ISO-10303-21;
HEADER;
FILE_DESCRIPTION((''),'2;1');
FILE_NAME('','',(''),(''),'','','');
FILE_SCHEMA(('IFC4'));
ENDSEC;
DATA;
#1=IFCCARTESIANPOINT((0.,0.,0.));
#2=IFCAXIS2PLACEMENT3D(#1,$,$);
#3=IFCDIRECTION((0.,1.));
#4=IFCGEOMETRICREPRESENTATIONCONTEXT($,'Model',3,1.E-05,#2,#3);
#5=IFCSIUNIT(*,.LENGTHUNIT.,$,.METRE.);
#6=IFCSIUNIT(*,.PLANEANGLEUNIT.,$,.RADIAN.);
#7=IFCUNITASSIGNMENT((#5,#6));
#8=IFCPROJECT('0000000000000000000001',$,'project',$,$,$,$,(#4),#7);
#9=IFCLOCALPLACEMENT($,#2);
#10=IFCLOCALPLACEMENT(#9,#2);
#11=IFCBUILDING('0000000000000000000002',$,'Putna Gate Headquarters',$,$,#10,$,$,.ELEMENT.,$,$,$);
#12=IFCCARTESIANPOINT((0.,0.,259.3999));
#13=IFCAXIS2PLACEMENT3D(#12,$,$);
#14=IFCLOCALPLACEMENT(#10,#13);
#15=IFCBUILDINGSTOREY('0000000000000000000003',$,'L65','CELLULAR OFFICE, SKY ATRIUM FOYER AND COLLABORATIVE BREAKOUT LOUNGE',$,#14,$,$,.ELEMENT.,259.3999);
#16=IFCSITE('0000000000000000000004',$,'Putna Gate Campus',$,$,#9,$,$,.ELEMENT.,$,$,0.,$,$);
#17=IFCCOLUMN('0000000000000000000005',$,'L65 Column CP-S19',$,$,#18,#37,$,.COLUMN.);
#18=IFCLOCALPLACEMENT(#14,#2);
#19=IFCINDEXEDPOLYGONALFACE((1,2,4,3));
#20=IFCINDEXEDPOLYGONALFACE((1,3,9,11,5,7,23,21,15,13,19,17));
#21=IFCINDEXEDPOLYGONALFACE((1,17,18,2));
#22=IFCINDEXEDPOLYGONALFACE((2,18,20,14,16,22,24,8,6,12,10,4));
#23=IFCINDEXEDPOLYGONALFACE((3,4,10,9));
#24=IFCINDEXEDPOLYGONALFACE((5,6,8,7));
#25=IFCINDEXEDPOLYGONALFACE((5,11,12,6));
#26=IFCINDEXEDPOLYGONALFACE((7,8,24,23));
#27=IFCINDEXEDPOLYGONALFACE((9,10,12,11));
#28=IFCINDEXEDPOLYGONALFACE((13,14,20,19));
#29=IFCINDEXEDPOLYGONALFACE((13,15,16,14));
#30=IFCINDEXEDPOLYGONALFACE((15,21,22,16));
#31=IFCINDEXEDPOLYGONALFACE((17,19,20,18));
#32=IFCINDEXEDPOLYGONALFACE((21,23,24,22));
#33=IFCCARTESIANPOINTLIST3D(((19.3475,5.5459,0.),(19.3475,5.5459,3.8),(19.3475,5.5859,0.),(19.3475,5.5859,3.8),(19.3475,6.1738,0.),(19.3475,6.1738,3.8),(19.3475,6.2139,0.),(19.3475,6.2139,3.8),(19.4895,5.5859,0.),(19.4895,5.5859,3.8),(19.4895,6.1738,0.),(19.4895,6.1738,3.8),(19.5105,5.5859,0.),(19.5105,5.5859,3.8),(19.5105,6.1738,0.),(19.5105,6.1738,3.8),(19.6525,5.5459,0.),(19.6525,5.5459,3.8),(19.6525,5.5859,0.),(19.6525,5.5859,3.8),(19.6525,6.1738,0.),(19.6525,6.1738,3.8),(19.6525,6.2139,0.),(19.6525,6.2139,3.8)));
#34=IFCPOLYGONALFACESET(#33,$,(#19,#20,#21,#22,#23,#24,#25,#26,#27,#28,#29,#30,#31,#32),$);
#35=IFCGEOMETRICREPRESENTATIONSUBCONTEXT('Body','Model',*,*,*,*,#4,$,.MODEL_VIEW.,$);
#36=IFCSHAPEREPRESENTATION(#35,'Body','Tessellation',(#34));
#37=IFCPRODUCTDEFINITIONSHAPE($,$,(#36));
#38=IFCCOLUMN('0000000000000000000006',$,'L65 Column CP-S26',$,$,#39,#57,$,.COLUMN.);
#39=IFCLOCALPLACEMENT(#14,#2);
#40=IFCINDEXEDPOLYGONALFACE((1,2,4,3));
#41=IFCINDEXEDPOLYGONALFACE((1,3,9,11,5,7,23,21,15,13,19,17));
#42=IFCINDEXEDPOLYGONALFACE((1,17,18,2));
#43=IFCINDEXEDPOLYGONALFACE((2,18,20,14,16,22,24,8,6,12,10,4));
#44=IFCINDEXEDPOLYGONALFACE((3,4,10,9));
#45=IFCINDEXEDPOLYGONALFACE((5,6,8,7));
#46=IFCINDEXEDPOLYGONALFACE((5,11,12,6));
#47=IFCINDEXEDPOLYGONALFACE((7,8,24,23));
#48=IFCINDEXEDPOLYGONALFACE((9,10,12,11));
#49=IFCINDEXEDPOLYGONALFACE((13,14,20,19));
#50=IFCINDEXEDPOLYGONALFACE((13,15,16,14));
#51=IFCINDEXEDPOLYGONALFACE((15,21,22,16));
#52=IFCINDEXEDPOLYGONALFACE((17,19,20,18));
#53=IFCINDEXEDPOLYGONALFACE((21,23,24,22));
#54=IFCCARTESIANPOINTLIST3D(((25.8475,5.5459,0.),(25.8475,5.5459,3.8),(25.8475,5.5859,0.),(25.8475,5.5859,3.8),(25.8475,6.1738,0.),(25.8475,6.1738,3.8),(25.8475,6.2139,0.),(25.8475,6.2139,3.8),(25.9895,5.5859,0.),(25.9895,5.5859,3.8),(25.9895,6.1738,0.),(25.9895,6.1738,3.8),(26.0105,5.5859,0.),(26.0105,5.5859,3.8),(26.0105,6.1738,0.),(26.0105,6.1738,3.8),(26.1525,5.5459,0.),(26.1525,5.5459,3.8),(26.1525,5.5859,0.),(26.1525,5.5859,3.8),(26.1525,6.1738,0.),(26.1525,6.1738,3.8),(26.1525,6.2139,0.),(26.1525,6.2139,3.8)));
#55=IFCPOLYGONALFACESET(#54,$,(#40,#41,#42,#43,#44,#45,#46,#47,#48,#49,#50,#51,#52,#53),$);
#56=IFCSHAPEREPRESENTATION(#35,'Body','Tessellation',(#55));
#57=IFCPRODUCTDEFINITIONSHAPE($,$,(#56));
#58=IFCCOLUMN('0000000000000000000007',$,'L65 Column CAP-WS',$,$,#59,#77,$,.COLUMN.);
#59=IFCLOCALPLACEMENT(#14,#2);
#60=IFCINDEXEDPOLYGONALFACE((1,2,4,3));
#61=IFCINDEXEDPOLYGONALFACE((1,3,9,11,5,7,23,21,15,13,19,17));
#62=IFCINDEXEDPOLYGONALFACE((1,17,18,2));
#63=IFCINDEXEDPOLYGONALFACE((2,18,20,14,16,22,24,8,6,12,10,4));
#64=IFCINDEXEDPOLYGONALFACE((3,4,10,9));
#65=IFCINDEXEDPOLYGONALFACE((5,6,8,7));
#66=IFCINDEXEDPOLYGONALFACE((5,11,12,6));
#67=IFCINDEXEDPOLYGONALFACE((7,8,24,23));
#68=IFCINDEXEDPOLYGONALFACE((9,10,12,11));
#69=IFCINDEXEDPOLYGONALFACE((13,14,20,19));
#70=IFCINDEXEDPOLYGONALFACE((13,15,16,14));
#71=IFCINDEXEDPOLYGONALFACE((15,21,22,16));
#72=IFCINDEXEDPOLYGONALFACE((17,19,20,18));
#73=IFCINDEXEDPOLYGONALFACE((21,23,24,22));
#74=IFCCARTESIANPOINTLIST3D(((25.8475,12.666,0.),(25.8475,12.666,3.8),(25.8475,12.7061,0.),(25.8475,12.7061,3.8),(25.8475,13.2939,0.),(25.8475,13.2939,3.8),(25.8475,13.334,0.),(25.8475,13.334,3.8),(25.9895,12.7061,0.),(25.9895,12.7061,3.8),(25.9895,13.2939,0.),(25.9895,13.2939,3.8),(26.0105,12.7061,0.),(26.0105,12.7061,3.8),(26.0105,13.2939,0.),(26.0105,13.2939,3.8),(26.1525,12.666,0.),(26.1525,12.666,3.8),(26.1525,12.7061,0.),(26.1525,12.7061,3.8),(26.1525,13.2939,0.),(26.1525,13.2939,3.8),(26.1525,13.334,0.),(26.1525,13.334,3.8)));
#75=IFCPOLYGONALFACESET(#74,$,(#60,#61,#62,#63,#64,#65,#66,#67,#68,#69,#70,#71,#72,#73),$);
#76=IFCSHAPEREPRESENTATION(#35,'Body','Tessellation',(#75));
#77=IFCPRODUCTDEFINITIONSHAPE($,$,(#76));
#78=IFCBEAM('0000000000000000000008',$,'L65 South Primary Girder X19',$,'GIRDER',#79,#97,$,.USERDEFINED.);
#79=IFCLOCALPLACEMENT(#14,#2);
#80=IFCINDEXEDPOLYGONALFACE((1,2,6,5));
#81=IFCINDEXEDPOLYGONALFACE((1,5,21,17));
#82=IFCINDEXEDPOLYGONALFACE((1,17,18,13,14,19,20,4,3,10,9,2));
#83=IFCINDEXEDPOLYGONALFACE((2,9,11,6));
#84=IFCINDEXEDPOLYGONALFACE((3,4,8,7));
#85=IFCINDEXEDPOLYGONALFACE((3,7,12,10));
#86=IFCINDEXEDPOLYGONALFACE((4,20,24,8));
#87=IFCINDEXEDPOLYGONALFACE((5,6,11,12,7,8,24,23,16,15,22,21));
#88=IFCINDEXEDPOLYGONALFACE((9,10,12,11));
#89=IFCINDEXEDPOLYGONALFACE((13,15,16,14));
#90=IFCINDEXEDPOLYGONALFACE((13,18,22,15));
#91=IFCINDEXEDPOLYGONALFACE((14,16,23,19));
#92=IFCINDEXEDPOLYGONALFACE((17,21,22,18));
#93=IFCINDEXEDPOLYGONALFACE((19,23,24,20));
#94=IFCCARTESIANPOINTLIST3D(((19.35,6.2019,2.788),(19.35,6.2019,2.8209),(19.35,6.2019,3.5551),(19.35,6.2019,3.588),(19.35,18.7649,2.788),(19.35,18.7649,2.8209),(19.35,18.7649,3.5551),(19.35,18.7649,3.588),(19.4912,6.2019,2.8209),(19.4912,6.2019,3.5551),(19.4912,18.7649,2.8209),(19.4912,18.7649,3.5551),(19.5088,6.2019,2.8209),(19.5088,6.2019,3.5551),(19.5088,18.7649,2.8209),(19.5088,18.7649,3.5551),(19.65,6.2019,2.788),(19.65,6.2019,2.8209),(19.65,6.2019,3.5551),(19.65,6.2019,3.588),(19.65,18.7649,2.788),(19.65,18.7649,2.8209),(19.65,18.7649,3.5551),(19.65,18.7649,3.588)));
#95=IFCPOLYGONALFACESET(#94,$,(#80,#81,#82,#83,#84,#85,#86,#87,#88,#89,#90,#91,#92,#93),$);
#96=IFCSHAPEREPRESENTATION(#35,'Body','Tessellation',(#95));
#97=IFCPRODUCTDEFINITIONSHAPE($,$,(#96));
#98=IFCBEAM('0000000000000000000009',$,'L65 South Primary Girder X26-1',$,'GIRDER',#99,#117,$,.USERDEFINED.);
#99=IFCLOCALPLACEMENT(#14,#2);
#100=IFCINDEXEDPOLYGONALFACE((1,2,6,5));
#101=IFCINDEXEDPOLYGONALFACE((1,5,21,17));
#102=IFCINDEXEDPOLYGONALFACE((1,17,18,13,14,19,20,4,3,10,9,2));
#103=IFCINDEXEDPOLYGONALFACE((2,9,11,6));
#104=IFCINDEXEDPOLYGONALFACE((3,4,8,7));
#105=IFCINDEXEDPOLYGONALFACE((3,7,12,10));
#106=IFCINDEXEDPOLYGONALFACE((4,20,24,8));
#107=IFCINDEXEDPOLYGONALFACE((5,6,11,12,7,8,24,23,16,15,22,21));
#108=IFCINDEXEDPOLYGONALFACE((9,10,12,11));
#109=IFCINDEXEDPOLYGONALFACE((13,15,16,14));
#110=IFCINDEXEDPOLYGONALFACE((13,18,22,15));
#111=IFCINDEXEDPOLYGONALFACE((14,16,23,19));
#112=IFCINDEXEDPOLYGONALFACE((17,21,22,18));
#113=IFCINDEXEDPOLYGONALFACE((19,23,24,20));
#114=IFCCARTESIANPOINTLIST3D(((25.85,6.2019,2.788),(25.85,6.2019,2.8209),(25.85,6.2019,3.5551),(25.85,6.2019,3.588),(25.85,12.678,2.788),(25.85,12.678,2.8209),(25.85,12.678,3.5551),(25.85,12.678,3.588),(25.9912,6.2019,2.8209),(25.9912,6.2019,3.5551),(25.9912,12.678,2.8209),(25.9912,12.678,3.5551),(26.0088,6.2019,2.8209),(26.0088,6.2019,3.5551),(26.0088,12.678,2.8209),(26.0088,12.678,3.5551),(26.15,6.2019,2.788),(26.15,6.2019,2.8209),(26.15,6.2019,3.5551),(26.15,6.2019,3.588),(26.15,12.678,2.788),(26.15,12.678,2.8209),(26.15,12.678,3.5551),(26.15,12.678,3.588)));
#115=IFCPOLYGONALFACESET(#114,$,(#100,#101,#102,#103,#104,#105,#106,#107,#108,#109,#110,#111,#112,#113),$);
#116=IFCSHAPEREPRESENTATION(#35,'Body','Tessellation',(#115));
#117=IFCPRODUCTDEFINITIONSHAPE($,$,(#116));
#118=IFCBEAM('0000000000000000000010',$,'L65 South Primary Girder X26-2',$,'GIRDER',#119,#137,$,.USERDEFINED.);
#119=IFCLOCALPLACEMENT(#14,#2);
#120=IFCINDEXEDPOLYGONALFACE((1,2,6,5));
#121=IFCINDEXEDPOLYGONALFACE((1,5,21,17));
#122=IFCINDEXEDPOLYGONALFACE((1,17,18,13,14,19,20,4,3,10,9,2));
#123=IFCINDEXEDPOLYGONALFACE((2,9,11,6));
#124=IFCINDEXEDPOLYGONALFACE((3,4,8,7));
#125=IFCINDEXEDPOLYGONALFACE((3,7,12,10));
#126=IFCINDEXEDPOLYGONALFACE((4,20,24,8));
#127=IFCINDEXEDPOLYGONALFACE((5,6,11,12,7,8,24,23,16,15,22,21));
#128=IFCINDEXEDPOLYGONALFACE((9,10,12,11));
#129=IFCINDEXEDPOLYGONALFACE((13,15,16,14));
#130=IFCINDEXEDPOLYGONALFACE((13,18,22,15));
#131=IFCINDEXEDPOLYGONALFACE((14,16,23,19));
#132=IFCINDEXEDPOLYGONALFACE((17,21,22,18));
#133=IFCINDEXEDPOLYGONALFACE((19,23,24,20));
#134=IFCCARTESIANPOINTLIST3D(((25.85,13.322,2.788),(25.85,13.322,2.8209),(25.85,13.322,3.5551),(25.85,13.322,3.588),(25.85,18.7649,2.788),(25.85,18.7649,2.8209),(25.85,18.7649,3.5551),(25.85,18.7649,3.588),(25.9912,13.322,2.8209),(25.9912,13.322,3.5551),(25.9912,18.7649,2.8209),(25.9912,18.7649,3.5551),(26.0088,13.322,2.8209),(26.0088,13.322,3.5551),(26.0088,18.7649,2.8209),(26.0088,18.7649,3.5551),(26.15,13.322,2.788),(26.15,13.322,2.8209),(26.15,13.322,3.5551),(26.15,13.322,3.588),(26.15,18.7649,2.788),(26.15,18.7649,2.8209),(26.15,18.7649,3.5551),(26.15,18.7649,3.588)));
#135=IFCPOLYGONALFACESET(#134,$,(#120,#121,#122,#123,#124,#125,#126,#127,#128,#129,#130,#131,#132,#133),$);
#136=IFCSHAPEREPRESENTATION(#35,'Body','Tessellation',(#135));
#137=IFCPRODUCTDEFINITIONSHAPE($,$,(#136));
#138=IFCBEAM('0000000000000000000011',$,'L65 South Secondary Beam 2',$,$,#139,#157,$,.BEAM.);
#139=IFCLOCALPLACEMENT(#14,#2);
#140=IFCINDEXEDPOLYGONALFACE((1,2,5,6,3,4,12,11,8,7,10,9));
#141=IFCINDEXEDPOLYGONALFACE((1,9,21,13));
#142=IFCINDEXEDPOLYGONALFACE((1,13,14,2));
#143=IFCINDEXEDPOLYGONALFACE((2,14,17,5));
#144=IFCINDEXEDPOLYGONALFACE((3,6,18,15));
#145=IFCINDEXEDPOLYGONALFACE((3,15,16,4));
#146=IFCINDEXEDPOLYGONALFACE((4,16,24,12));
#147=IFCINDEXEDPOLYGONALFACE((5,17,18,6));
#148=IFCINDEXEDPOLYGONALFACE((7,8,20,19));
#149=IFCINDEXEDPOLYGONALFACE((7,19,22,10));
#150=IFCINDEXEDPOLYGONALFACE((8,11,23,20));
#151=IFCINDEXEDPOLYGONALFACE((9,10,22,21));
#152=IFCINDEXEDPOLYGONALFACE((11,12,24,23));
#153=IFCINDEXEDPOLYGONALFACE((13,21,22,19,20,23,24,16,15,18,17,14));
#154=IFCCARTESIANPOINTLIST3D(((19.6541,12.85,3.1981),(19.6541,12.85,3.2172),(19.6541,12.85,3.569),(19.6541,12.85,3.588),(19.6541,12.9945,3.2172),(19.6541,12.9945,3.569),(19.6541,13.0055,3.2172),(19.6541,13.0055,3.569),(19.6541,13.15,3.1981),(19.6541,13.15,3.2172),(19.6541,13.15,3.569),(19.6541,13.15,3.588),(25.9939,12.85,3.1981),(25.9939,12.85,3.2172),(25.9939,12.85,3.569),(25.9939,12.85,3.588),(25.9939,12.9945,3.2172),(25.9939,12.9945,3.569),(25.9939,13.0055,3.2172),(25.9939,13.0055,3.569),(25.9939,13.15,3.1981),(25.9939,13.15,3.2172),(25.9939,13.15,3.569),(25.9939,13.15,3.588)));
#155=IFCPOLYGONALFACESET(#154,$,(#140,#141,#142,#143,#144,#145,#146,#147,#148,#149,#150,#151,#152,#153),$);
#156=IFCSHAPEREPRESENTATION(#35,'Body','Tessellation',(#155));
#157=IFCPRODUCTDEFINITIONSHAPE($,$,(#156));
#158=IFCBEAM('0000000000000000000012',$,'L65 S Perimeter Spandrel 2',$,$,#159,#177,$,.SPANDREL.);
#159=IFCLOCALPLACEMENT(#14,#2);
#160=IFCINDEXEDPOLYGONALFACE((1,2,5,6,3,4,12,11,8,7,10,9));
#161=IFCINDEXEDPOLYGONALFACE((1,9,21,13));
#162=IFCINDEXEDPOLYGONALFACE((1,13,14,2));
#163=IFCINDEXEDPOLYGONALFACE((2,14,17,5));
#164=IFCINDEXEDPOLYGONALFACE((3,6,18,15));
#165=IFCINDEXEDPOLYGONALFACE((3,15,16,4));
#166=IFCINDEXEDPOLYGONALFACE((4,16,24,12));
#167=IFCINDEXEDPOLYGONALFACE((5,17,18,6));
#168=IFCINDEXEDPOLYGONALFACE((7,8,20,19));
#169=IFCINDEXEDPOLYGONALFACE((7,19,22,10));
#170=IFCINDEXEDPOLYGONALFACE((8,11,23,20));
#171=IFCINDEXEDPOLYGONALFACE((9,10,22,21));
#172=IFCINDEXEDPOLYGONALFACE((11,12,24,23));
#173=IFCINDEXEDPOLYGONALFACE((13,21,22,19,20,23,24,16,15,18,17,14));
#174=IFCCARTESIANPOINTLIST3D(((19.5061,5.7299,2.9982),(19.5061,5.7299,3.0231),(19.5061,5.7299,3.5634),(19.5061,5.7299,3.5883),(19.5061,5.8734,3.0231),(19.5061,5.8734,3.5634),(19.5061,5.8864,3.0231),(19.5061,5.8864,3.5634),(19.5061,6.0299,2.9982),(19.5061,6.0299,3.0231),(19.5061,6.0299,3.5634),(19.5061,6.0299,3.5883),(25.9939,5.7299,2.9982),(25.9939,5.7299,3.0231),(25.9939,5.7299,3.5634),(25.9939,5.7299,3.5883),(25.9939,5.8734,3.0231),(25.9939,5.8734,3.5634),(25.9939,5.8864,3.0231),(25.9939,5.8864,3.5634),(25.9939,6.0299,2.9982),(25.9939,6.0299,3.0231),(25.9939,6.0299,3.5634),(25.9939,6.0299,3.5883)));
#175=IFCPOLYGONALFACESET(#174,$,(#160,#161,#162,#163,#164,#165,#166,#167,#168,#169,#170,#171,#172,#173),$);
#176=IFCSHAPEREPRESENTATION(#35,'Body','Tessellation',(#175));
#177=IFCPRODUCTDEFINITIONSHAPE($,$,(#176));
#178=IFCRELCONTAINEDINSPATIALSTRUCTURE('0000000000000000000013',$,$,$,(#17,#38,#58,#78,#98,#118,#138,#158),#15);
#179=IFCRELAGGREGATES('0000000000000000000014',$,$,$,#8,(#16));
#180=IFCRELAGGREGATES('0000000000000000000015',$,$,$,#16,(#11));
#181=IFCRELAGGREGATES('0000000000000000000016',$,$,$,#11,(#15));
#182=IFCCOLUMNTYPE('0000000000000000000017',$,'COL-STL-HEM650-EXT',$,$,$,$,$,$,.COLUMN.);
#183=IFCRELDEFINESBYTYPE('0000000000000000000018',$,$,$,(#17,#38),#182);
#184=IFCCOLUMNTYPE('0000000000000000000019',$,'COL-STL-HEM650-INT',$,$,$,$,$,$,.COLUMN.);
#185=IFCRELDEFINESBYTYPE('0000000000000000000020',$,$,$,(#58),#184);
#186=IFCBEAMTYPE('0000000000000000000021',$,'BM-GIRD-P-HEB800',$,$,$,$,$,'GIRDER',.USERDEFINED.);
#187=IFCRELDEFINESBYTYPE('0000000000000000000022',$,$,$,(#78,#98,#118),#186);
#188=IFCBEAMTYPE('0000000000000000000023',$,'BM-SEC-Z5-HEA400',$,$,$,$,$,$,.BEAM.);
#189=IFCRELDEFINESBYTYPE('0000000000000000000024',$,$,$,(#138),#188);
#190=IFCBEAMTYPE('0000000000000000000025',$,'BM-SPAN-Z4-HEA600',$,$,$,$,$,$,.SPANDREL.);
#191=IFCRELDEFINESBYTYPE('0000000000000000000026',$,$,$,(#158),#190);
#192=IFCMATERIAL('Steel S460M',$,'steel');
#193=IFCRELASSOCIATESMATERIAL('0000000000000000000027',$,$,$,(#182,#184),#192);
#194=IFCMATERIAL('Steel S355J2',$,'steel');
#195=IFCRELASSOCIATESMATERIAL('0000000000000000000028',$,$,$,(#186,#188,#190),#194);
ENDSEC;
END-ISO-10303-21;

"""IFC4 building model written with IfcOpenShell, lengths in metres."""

from ifc_helpers import new_model, si_unit, direction, frame, origin, origin_2d, place, context, subcontext, project, spatial, i_section, extrude, material, material_profile, profile_set, type_object, element, save


model = new_model("IFC4")

# Units and contexts
model_context = context("Model", 3, precision=1e-05, world=origin(), true_north=direction((0.0, 1.0)))
body_context = subcontext(model_context, "Body", "Model", "MODEL_VIEW")
ifc_project = project(units=[si_unit("LENGTHUNIT", "METRE"), si_unit("PLANEANGLEUNIT", "RADIAN")], contexts=[model_context])

# Site, building, storey
site_placement = place(None, origin())
site = spatial("IfcSite", under=ifc_project, at=site_placement, Name="Putna Gate Campus", CompositionType="ELEMENT", RefElevation=0.0)
building_placement = place(site_placement, origin())
building = spatial("IfcBuilding", under=site, at=building_placement, Name="Putna Gate Headquarters", CompositionType="ELEMENT")
storey_placement = place(building_placement, frame((0.0, 0.0, 259.3999)))
storey = spatial("IfcBuildingStorey", under=building, at=storey_placement, Name="L65", Description="CELLULAR OFFICE, SKY ATRIUM FOYER AND COLLABORATIVE BREAKOUT LOUNGE", CompositionType="ELEMENT", Elevation=259.3999)

# Columns
ifc_material_1 = material(Name="Steel S460M", Category="steel")
ifc_material_profile_1 = material_profile(ifc_material_1, i_section(OverallWidth=0.3049, OverallDepth=0.668, WebThickness=0.021, FlangeThickness=0.04, at=origin_2d()), Name="Steel S460M")
ifc_profile_set_1 = profile_set([ifc_material_profile_1], Name="Steel S460M")
column_type_1 = type_object("IfcColumnType", Name="COL-STL-HEM650-EXT", PredefinedType="COLUMN", material=ifc_profile_set_1)
for number, where, z_axis, x_axis, name in (
    (1, (19.5, 5.8799, 0.0), (0.0, 0.0, 1.0), (1.0, 0.0, 0.0), "L65 Column CP-S19"),
    (2, (26.0, 5.8799, 0.0), (0.0, 0.0, 1.0), (1.0, 0.0, 0.0), "L65 Column CP-S26"),
):
    element("IfcColumn", number, at=place(storey_placement, frame(where, z_axis=z_axis, x_axis=x_axis)), inside=storey, type_object=column_type_1, Name=name, PredefinedType="COLUMN", context=body_context, shape_type="SweptSolid", body=[
        extrude(i_section(OverallWidth=0.3049, OverallDepth=0.668, WebThickness=0.021, FlangeThickness=0.04, at=origin_2d()), origin(), (0.0, 0.0, 1.0), 3.8),
    ])
ifc_material_profile_2 = material_profile(ifc_material_1, i_section(OverallWidth=0.3049, OverallDepth=0.668, WebThickness=0.021, FlangeThickness=0.04, at=origin_2d()), Name="Steel S460M")
ifc_profile_set_2 = profile_set([ifc_material_profile_2], Name="Steel S460M")
column_type_2 = type_object("IfcColumnType", Name="COL-STL-HEM650-INT", PredefinedType="COLUMN", material=ifc_profile_set_2)
column_placement = place(storey_placement, frame((26.0, 13.0, 0.0), z_axis=(0.0, 0.0, 1.0), x_axis=(1.0, 0.0, 0.0)))
element("IfcColumn", 3, at=column_placement, inside=storey, type_object=column_type_2, Name="L65 Column CAP-WS", PredefinedType="COLUMN", context=body_context, shape_type="SweptSolid", body=[
    extrude(i_section(OverallWidth=0.3049, OverallDepth=0.668, WebThickness=0.021, FlangeThickness=0.04, at=origin_2d()), origin(), (0.0, 0.0, 1.0), 3.8),
])

# Beams
ifc_material_2 = material(Name="Steel S355J2", Category="steel")
ifc_material_profile_3 = material_profile(ifc_material_2, i_section(OverallWidth=0.3, OverallDepth=0.8, WebThickness=0.0176, FlangeThickness=0.033, at=origin_2d()), Name="Steel S355J2")
ifc_profile_set_3 = profile_set([ifc_material_profile_3], Name="Steel S355J2")
beam_type_1 = type_object("IfcBeamType", Name="BM-GIRD-P-HEB800", ElementType="GIRDER", PredefinedType="USERDEFINED", material=ifc_profile_set_3)
beam_1_placement = place(storey_placement, frame((19.5, 6.2019, 3.188), z_axis=(0.0, 1.0, 0.0), x_axis=(-1.0, 0.0, 0.0)))
element("IfcBeam", 4, at=beam_1_placement, inside=storey, type_object=beam_type_1, Name="L65 South Primary Girder X19", ObjectType="GIRDER", PredefinedType="USERDEFINED", context=body_context, shape_type="SweptSolid", body=[
    extrude(i_section(OverallWidth=0.3, OverallDepth=0.8, WebThickness=0.0176, FlangeThickness=0.033, at=origin_2d()), origin(), (0.0, 0.0, 1.0), 12.563),
])
beam_2_placement = place(storey_placement, frame((26.0, 6.2019, 3.188), z_axis=(0.0, 1.0, 0.0), x_axis=(-1.0, 0.0, 0.0)))
element("IfcBeam", 5, at=beam_2_placement, inside=storey, type_object=beam_type_1, Name="L65 South Primary Girder X26-1", ObjectType="GIRDER", PredefinedType="USERDEFINED", context=body_context, shape_type="SweptSolid", body=[
    extrude(i_section(OverallWidth=0.3, OverallDepth=0.8, WebThickness=0.0176, FlangeThickness=0.033, at=origin_2d()), origin(), (0.0, 0.0, 1.0), 6.4761),
])
beam_3_placement = place(storey_placement, frame((26.0, 13.322, 3.188), z_axis=(0.0, 1.0, 0.0), x_axis=(-1.0, 0.0, 0.0)))
element("IfcBeam", 6, at=beam_3_placement, inside=storey, type_object=beam_type_1, Name="L65 South Primary Girder X26-2", ObjectType="GIRDER", PredefinedType="USERDEFINED", context=body_context, shape_type="SweptSolid", body=[
    extrude(i_section(OverallWidth=0.3, OverallDepth=0.8, WebThickness=0.0176, FlangeThickness=0.033, at=origin_2d()), origin(), (0.0, 0.0, 1.0), 5.4429),
])
ifc_material_profile_4 = material_profile(ifc_material_2, i_section(OverallWidth=0.3, OverallDepth=0.3899, WebThickness=0.011, FlangeThickness=0.019, at=origin_2d()), Name="Steel S355J2")
ifc_profile_set_4 = profile_set([ifc_material_profile_4], Name="Steel S355J2")
beam_type_2 = type_object("IfcBeamType", Name="BM-SEC-Z5-HEA400", PredefinedType="BEAM", material=ifc_profile_set_4)
beam_4_placement = place(storey_placement, frame((19.6541, 13.0, 3.3931), z_axis=(1.0, 0.0, 0.0), x_axis=(0.0, 1.0, 0.0)))
element("IfcBeam", 7, at=beam_4_placement, inside=storey, type_object=beam_type_2, Name="L65 South Secondary Beam 2", PredefinedType="BEAM", context=body_context, shape_type="SweptSolid", body=[
    extrude(i_section(OverallWidth=0.3, OverallDepth=0.3899, WebThickness=0.011, FlangeThickness=0.019, at=origin_2d()), origin(), (0.0, 0.0, 1.0), 6.3398),
])
ifc_material_profile_5 = material_profile(ifc_material_2, i_section(OverallWidth=0.3, OverallDepth=0.5901, WebThickness=0.0129, FlangeThickness=0.0249, at=origin_2d()), Name="Steel S355J2")
ifc_profile_set_5 = profile_set([ifc_material_profile_5], Name="Steel S355J2")
beam_type_3 = type_object("IfcBeamType", Name="BM-SPAN-Z4-HEA600", PredefinedType="SPANDREL", material=ifc_profile_set_5)
for number, where, z_axis, x_axis, name in (
    (8, (19.5061, 5.8799, 3.2932), (1.0, 0.0, 0.0), (0.0, 1.0, 0.0), "L65 S Perimeter Spandrel 2"),
):
    element("IfcBeam", number, at=place(storey_placement, frame(where, z_axis=z_axis, x_axis=x_axis)), inside=storey, type_object=beam_type_3, Name=name, PredefinedType="SPANDREL", context=body_context, shape_type="SweptSolid", body=[
        extrude(i_section(OverallWidth=0.3, OverallDepth=0.5901, WebThickness=0.0129, FlangeThickness=0.0249, at=origin_2d()), origin(), (0.0, 0.0, 1.0), 6.4878),
    ])

save(model, "model.ifc")
